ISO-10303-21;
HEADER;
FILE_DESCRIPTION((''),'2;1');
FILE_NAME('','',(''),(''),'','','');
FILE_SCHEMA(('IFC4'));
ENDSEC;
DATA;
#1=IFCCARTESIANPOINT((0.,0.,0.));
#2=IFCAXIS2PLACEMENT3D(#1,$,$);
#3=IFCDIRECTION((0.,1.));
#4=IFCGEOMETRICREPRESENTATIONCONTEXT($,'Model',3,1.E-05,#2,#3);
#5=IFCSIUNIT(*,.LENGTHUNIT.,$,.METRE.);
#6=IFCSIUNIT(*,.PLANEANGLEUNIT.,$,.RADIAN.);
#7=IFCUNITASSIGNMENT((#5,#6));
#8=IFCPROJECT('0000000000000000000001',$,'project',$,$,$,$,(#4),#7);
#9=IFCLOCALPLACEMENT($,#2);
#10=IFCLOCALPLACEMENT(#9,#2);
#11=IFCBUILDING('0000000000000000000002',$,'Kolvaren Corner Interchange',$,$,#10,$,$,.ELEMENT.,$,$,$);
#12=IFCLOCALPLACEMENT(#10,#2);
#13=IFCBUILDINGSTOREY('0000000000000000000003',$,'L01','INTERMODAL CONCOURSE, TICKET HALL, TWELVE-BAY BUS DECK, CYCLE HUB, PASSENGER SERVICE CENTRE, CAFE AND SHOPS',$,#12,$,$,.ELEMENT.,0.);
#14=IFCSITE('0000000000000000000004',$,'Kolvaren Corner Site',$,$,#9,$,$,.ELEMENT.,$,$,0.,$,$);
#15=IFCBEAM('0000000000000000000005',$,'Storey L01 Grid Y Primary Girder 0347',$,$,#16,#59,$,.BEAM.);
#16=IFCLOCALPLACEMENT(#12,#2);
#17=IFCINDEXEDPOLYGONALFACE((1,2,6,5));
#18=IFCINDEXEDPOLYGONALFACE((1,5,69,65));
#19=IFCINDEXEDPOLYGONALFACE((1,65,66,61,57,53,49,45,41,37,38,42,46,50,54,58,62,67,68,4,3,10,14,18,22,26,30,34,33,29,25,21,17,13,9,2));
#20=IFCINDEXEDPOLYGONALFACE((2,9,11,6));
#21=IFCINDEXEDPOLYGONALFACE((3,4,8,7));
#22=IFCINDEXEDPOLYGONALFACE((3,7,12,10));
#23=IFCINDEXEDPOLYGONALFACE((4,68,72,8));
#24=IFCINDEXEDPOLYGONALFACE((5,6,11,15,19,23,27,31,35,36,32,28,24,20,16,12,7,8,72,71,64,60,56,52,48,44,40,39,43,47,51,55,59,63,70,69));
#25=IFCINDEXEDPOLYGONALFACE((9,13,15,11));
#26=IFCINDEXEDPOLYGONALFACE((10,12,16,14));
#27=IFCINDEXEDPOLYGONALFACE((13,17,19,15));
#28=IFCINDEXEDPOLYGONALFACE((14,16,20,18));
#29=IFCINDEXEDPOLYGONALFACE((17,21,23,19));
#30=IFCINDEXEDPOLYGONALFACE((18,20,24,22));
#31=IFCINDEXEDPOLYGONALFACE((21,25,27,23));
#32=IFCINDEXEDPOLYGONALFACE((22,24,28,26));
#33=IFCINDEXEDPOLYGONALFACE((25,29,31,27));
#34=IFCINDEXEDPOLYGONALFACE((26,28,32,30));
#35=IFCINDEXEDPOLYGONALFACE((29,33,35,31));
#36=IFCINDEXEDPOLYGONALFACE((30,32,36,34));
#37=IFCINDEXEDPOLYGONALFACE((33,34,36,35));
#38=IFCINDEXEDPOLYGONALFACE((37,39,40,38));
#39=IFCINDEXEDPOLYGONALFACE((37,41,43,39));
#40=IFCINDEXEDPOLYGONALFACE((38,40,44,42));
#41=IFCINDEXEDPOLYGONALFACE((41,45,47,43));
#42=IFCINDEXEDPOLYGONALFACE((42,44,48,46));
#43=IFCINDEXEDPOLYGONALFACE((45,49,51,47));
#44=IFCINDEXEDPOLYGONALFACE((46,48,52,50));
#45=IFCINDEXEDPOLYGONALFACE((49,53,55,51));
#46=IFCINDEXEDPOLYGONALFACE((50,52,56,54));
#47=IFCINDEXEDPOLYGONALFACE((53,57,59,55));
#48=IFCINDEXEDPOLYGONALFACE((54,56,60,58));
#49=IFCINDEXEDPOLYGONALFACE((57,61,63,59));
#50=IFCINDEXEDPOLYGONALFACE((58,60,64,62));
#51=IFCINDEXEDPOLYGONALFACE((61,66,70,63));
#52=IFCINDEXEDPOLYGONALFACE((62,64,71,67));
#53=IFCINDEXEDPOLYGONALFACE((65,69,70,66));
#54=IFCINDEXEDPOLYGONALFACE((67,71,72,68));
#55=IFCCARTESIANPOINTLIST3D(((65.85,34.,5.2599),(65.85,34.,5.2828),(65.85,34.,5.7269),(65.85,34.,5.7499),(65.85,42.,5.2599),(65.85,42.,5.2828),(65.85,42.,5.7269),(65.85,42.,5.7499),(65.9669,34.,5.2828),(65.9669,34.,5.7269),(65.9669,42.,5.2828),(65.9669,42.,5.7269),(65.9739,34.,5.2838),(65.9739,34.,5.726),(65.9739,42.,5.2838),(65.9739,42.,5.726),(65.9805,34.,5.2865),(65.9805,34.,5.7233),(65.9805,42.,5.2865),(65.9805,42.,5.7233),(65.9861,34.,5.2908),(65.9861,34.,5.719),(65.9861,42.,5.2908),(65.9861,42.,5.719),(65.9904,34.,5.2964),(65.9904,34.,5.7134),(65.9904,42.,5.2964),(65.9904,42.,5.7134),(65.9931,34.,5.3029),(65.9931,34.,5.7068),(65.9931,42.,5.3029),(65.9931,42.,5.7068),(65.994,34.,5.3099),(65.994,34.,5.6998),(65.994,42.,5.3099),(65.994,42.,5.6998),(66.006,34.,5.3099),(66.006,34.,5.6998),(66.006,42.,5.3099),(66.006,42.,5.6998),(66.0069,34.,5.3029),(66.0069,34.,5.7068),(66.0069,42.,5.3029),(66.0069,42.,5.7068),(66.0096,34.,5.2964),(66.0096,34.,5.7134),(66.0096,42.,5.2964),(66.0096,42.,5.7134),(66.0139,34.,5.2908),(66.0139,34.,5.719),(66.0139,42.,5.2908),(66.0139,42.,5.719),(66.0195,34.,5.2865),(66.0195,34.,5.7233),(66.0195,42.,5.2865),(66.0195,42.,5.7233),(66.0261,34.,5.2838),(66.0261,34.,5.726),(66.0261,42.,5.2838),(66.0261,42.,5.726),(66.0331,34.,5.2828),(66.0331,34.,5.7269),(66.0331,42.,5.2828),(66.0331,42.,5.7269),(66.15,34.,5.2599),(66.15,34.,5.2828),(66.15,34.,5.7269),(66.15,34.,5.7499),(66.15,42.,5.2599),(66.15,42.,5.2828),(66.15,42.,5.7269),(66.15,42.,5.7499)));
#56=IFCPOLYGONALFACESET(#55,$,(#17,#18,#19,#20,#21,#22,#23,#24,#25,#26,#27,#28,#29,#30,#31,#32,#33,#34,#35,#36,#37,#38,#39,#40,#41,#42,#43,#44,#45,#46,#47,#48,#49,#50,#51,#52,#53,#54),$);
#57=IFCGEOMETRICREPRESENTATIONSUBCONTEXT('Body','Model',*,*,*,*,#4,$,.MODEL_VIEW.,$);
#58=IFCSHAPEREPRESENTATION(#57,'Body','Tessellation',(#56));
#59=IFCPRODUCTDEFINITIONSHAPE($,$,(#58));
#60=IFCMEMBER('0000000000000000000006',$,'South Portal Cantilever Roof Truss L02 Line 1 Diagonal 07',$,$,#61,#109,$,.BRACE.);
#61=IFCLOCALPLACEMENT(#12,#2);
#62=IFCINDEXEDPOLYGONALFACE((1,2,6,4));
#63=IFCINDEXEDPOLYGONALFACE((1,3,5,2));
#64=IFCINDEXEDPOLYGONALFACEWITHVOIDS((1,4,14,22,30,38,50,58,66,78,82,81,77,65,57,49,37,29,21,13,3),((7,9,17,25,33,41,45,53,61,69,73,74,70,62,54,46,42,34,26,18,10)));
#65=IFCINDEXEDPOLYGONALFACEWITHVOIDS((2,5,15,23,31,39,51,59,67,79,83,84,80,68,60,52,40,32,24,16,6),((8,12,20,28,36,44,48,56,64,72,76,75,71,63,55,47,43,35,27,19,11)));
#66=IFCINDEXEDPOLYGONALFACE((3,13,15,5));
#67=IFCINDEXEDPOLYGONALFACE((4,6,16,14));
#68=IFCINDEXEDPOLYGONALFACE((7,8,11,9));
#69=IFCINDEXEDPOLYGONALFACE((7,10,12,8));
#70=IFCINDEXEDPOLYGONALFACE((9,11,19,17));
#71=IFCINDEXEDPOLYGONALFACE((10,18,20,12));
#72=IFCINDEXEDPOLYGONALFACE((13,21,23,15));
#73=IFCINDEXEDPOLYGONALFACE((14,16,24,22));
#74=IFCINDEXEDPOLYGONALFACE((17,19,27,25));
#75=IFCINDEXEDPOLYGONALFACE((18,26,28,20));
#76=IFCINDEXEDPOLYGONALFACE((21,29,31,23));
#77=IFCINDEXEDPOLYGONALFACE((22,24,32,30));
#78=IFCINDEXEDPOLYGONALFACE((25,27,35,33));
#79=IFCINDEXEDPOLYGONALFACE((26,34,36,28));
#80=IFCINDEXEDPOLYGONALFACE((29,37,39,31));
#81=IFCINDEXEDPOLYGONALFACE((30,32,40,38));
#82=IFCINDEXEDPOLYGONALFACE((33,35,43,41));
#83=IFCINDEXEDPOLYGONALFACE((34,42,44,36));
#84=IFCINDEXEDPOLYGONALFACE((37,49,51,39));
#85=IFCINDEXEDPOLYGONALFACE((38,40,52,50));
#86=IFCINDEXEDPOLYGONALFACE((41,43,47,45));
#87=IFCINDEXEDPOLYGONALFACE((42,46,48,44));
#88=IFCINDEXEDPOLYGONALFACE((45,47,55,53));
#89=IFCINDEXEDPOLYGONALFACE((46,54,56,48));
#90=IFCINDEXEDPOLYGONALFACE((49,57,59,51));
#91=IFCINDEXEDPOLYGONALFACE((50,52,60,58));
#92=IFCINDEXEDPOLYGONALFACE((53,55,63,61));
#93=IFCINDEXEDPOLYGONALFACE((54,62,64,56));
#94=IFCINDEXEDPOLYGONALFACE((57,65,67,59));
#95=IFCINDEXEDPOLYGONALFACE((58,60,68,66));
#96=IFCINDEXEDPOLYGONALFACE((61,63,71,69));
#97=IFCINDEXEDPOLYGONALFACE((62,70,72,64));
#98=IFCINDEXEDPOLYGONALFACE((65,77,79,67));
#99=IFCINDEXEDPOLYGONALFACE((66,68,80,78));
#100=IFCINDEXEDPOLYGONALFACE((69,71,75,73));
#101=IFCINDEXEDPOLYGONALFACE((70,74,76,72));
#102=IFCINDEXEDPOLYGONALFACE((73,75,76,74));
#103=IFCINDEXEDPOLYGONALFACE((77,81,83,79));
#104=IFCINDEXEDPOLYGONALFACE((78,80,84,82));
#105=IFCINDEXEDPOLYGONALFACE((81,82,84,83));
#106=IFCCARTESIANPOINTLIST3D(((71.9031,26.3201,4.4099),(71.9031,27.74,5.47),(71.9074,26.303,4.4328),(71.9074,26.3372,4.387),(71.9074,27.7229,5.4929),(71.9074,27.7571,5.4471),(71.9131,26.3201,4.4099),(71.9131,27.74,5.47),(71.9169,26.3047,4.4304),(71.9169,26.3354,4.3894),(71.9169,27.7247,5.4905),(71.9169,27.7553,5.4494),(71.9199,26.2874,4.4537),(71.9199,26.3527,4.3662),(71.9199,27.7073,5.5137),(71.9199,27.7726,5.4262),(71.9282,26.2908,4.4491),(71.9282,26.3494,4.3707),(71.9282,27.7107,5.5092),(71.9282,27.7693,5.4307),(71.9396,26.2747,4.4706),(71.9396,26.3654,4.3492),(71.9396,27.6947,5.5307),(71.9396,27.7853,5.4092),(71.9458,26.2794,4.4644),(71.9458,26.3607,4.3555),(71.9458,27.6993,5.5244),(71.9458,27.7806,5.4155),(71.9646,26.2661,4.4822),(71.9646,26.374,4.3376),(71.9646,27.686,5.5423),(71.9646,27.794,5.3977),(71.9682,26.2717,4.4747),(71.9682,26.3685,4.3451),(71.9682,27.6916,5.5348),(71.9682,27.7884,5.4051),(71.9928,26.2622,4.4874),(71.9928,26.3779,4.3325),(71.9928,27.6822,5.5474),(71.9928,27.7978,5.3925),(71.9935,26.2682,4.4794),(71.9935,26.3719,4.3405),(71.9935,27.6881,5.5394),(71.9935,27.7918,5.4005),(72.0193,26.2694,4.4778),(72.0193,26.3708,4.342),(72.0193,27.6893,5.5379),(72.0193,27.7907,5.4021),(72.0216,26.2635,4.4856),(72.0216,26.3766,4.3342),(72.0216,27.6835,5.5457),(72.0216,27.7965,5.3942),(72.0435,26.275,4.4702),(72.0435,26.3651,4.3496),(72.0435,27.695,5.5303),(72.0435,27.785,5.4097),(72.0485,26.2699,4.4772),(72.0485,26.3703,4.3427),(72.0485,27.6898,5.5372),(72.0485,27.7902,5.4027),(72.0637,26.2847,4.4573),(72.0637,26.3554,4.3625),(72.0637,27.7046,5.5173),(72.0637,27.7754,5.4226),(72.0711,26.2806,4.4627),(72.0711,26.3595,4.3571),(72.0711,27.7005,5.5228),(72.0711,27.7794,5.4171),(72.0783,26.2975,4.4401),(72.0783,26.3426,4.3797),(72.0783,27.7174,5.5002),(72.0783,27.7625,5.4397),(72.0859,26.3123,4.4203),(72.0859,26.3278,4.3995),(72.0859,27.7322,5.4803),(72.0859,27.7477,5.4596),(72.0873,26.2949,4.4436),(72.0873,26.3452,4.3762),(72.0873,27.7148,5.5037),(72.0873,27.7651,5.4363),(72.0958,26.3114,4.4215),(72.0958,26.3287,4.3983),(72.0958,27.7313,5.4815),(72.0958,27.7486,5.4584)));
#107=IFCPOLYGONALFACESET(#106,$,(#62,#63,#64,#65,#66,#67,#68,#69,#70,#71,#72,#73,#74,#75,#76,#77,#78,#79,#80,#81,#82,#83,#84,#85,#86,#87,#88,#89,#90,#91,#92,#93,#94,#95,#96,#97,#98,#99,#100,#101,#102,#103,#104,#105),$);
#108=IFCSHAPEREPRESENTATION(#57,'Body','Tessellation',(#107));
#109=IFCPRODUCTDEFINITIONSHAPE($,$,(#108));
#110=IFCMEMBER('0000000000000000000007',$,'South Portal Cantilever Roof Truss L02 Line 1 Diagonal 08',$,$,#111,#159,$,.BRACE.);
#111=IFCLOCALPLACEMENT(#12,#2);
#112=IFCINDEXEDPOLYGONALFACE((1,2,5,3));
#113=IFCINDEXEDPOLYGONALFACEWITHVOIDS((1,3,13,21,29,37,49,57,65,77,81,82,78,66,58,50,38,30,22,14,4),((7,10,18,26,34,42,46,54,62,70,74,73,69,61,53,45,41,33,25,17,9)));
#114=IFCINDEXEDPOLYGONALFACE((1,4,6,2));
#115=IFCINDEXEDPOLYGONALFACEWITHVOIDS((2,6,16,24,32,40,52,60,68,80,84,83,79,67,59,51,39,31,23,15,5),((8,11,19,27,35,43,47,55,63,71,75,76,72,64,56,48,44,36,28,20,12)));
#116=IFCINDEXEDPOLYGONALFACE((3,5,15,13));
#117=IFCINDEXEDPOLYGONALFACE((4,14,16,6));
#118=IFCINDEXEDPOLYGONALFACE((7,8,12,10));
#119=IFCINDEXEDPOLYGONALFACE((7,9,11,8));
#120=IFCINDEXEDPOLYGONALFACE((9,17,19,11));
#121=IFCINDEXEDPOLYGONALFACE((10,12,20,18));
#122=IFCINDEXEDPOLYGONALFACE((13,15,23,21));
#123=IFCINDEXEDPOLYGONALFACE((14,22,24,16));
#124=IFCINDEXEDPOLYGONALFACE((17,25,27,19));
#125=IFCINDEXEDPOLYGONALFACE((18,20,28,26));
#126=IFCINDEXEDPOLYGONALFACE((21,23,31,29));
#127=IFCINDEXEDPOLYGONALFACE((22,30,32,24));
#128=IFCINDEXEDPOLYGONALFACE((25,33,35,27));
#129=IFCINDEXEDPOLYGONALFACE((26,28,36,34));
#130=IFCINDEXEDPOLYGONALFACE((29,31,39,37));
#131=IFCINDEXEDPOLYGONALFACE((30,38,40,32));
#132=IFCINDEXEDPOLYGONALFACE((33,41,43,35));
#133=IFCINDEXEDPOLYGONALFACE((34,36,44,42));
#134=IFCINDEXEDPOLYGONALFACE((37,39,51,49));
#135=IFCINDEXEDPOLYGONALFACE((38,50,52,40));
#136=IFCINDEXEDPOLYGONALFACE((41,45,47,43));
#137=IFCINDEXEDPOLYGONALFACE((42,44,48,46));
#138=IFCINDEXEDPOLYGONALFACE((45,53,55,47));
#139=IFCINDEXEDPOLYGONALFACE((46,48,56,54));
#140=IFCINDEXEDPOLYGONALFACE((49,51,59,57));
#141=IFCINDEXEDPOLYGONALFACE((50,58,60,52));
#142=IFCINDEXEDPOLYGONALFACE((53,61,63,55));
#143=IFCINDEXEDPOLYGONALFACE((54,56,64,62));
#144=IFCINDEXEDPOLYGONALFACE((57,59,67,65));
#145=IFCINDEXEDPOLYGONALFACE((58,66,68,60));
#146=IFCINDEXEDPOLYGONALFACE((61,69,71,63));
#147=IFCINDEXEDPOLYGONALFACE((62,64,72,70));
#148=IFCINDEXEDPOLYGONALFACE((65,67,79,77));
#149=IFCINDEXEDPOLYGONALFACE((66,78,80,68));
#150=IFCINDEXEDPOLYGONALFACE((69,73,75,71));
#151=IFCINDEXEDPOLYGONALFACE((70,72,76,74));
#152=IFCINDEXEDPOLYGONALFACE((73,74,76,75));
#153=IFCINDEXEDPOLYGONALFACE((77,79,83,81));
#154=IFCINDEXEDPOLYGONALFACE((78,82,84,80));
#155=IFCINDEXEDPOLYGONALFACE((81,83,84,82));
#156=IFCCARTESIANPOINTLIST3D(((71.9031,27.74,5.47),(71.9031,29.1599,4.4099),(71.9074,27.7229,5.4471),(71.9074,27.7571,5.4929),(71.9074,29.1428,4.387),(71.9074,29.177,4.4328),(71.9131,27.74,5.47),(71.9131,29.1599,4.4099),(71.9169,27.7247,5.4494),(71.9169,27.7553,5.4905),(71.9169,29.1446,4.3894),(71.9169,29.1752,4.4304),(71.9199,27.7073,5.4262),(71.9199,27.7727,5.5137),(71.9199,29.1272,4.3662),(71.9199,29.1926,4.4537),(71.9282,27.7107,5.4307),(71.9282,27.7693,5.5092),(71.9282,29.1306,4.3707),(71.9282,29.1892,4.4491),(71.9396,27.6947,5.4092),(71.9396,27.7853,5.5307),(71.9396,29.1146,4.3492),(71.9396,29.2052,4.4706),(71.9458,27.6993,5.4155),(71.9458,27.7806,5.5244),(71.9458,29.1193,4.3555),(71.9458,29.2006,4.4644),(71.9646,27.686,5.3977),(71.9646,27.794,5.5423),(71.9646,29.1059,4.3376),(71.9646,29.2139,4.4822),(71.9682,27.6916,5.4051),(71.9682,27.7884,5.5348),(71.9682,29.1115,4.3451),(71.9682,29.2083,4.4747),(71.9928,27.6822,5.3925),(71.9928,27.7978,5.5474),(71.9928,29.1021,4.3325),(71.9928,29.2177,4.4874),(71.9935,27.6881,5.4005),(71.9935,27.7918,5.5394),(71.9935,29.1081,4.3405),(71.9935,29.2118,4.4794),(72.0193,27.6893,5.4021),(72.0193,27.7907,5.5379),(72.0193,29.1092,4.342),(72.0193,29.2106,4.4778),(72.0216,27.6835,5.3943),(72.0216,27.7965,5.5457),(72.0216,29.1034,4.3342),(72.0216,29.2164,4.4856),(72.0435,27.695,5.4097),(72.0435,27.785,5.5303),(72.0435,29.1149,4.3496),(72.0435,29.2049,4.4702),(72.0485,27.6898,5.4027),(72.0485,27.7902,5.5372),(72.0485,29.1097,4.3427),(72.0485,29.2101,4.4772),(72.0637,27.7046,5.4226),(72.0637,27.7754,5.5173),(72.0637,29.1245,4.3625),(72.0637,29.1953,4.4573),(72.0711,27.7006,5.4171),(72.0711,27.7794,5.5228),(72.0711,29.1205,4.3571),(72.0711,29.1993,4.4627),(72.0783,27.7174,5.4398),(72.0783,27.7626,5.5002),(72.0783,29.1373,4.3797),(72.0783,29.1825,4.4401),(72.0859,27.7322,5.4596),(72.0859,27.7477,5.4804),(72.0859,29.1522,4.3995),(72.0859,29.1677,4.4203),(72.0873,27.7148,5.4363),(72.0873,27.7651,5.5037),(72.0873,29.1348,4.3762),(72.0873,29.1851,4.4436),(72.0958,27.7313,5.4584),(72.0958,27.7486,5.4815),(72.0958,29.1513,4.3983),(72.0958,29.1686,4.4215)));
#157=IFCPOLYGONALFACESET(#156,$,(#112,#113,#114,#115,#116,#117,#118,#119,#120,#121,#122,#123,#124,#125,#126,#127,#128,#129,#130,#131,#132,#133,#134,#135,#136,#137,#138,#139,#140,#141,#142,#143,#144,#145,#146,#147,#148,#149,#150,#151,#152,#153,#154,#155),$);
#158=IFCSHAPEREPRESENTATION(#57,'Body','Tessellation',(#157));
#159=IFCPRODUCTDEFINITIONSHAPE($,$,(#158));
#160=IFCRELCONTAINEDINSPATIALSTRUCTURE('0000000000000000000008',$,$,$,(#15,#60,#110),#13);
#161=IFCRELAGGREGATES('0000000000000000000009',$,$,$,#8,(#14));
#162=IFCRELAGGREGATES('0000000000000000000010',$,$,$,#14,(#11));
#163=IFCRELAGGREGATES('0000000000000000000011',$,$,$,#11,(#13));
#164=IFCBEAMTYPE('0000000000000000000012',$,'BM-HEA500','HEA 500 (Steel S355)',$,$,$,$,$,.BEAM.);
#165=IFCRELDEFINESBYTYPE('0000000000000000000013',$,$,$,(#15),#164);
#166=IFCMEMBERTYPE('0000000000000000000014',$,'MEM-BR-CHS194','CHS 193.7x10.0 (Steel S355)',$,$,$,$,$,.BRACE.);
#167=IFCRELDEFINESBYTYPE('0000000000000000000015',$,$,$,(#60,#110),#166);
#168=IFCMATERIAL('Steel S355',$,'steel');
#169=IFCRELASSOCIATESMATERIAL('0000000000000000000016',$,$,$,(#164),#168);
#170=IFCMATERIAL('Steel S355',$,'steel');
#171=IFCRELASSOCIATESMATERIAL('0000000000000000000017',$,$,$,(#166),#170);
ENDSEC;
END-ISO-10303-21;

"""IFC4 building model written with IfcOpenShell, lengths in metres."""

from ifc_helpers import new_model, si_unit, direction, frame, origin, origin_2d, place, context, subcontext, project, spatial, hollow_circle, i_section, extrude, material, material_profile, profile_set, type_object, element, save


model = new_model("IFC4")

# Units and contexts
model_context = context("Model", 3, precision=1e-05, world=origin(), true_north=direction((0.0, 1.0)))
body_context = subcontext(model_context, "Body", "Model", "MODEL_VIEW")
ifc_project = project(units=[si_unit("LENGTHUNIT", "METRE"), si_unit("PLANEANGLEUNIT", "RADIAN")], contexts=[model_context])

# Site, building, storey
site_placement = place(None, origin())
site = spatial("IfcSite", under=ifc_project, at=site_placement, Name="Kolvaren Corner Site", CompositionType="ELEMENT", RefElevation=0.0)
building_placement = place(site_placement, origin())
building = spatial("IfcBuilding", under=site, at=building_placement, Name="Kolvaren Corner Interchange", CompositionType="ELEMENT")
storey_placement = place(building_placement, origin())
storey = spatial("IfcBuildingStorey", under=building, at=storey_placement, Name="L01", Description="INTERMODAL CONCOURSE, TICKET HALL, TWELVE-BAY BUS DECK, CYCLE HUB, PASSENGER SERVICE CENTRE, CAFE AND SHOPS", CompositionType="ELEMENT", Elevation=0.0)

# Beam
ifc_material_1 = material(Name="Steel S355", Category="steel")
ifc_material_profile_1 = material_profile(ifc_material_1, i_section(OverallWidth=0.3, OverallDepth=0.49, WebThickness=0.012, FlangeThickness=0.0229, FilletRadius=0.0271, at=origin_2d()), Name="HEA 500")
ifc_profile_set_1 = profile_set([ifc_material_profile_1], Name="Steel S355")
beam_type_1 = type_object("IfcBeamType", Name="BM-HEA500", Description="HEA 500 (Steel S355)", PredefinedType="BEAM", material=ifc_profile_set_1)
beam_placement = place(storey_placement, frame((66.0, 34.0, 5.5049), z_axis=(0.0, 1.0, 0.0), x_axis=(-1.0, 0.0, 0.0)))
element("IfcBeam", 1, at=beam_placement, inside=storey, type_object=beam_type_1, Name="Storey L01 Grid Y Primary Girder 0347", PredefinedType="BEAM", context=body_context, shape_type="SweptSolid", body=[
    extrude(i_section(OverallWidth=0.3, OverallDepth=0.49, WebThickness=0.012, FlangeThickness=0.0229, FilletRadius=0.0271, at=origin_2d()), origin(), (0.0, 0.0, 1.0), 8.0),
])

# Members
ifc_material_2 = material(Name="Steel S355", Category="steel")
ifc_material_profile_2 = material_profile(ifc_material_2, hollow_circle(Radius=0.0969, WallThickness=0.01, at=origin_2d()), Name="CHS 193.7x10.0")
ifc_profile_set_2 = profile_set([ifc_material_profile_2], Name="Steel S355")
member_type_1 = type_object("IfcMemberType", Name="MEM-BR-CHS194", Description="CHS 193.7x10.0 (Steel S355)", PredefinedType="BRACE", material=ifc_profile_set_2)
for number, where, z_axis, x_axis, name in (
    (2, (72.0, 26.3201, 4.4099), (0.0, 0.801321, 0.598235), (-1.0, 0.0, 0.0), "South Portal Cantilever Roof Truss L02 Line 1 Diagonal 07"),
    (3, (72.0, 27.74, 5.47), (0.0, 0.801321, -0.598235), (-1.0, 0.0, 0.0), "South Portal Cantilever Roof Truss L02 Line 1 Diagonal 08"),
):
    element("IfcMember", number, at=place(storey_placement, frame(where, z_axis=z_axis, x_axis=x_axis)), inside=storey, type_object=member_type_1, Name=name, PredefinedType="BRACE", context=body_context, shape_type="SweptSolid", body=[
        extrude(hollow_circle(Radius=0.0969, WallThickness=0.01, at=origin_2d()), origin(), (0.0, 0.0, 1.0), 1.772),
    ])

save(model, "model.ifc")
